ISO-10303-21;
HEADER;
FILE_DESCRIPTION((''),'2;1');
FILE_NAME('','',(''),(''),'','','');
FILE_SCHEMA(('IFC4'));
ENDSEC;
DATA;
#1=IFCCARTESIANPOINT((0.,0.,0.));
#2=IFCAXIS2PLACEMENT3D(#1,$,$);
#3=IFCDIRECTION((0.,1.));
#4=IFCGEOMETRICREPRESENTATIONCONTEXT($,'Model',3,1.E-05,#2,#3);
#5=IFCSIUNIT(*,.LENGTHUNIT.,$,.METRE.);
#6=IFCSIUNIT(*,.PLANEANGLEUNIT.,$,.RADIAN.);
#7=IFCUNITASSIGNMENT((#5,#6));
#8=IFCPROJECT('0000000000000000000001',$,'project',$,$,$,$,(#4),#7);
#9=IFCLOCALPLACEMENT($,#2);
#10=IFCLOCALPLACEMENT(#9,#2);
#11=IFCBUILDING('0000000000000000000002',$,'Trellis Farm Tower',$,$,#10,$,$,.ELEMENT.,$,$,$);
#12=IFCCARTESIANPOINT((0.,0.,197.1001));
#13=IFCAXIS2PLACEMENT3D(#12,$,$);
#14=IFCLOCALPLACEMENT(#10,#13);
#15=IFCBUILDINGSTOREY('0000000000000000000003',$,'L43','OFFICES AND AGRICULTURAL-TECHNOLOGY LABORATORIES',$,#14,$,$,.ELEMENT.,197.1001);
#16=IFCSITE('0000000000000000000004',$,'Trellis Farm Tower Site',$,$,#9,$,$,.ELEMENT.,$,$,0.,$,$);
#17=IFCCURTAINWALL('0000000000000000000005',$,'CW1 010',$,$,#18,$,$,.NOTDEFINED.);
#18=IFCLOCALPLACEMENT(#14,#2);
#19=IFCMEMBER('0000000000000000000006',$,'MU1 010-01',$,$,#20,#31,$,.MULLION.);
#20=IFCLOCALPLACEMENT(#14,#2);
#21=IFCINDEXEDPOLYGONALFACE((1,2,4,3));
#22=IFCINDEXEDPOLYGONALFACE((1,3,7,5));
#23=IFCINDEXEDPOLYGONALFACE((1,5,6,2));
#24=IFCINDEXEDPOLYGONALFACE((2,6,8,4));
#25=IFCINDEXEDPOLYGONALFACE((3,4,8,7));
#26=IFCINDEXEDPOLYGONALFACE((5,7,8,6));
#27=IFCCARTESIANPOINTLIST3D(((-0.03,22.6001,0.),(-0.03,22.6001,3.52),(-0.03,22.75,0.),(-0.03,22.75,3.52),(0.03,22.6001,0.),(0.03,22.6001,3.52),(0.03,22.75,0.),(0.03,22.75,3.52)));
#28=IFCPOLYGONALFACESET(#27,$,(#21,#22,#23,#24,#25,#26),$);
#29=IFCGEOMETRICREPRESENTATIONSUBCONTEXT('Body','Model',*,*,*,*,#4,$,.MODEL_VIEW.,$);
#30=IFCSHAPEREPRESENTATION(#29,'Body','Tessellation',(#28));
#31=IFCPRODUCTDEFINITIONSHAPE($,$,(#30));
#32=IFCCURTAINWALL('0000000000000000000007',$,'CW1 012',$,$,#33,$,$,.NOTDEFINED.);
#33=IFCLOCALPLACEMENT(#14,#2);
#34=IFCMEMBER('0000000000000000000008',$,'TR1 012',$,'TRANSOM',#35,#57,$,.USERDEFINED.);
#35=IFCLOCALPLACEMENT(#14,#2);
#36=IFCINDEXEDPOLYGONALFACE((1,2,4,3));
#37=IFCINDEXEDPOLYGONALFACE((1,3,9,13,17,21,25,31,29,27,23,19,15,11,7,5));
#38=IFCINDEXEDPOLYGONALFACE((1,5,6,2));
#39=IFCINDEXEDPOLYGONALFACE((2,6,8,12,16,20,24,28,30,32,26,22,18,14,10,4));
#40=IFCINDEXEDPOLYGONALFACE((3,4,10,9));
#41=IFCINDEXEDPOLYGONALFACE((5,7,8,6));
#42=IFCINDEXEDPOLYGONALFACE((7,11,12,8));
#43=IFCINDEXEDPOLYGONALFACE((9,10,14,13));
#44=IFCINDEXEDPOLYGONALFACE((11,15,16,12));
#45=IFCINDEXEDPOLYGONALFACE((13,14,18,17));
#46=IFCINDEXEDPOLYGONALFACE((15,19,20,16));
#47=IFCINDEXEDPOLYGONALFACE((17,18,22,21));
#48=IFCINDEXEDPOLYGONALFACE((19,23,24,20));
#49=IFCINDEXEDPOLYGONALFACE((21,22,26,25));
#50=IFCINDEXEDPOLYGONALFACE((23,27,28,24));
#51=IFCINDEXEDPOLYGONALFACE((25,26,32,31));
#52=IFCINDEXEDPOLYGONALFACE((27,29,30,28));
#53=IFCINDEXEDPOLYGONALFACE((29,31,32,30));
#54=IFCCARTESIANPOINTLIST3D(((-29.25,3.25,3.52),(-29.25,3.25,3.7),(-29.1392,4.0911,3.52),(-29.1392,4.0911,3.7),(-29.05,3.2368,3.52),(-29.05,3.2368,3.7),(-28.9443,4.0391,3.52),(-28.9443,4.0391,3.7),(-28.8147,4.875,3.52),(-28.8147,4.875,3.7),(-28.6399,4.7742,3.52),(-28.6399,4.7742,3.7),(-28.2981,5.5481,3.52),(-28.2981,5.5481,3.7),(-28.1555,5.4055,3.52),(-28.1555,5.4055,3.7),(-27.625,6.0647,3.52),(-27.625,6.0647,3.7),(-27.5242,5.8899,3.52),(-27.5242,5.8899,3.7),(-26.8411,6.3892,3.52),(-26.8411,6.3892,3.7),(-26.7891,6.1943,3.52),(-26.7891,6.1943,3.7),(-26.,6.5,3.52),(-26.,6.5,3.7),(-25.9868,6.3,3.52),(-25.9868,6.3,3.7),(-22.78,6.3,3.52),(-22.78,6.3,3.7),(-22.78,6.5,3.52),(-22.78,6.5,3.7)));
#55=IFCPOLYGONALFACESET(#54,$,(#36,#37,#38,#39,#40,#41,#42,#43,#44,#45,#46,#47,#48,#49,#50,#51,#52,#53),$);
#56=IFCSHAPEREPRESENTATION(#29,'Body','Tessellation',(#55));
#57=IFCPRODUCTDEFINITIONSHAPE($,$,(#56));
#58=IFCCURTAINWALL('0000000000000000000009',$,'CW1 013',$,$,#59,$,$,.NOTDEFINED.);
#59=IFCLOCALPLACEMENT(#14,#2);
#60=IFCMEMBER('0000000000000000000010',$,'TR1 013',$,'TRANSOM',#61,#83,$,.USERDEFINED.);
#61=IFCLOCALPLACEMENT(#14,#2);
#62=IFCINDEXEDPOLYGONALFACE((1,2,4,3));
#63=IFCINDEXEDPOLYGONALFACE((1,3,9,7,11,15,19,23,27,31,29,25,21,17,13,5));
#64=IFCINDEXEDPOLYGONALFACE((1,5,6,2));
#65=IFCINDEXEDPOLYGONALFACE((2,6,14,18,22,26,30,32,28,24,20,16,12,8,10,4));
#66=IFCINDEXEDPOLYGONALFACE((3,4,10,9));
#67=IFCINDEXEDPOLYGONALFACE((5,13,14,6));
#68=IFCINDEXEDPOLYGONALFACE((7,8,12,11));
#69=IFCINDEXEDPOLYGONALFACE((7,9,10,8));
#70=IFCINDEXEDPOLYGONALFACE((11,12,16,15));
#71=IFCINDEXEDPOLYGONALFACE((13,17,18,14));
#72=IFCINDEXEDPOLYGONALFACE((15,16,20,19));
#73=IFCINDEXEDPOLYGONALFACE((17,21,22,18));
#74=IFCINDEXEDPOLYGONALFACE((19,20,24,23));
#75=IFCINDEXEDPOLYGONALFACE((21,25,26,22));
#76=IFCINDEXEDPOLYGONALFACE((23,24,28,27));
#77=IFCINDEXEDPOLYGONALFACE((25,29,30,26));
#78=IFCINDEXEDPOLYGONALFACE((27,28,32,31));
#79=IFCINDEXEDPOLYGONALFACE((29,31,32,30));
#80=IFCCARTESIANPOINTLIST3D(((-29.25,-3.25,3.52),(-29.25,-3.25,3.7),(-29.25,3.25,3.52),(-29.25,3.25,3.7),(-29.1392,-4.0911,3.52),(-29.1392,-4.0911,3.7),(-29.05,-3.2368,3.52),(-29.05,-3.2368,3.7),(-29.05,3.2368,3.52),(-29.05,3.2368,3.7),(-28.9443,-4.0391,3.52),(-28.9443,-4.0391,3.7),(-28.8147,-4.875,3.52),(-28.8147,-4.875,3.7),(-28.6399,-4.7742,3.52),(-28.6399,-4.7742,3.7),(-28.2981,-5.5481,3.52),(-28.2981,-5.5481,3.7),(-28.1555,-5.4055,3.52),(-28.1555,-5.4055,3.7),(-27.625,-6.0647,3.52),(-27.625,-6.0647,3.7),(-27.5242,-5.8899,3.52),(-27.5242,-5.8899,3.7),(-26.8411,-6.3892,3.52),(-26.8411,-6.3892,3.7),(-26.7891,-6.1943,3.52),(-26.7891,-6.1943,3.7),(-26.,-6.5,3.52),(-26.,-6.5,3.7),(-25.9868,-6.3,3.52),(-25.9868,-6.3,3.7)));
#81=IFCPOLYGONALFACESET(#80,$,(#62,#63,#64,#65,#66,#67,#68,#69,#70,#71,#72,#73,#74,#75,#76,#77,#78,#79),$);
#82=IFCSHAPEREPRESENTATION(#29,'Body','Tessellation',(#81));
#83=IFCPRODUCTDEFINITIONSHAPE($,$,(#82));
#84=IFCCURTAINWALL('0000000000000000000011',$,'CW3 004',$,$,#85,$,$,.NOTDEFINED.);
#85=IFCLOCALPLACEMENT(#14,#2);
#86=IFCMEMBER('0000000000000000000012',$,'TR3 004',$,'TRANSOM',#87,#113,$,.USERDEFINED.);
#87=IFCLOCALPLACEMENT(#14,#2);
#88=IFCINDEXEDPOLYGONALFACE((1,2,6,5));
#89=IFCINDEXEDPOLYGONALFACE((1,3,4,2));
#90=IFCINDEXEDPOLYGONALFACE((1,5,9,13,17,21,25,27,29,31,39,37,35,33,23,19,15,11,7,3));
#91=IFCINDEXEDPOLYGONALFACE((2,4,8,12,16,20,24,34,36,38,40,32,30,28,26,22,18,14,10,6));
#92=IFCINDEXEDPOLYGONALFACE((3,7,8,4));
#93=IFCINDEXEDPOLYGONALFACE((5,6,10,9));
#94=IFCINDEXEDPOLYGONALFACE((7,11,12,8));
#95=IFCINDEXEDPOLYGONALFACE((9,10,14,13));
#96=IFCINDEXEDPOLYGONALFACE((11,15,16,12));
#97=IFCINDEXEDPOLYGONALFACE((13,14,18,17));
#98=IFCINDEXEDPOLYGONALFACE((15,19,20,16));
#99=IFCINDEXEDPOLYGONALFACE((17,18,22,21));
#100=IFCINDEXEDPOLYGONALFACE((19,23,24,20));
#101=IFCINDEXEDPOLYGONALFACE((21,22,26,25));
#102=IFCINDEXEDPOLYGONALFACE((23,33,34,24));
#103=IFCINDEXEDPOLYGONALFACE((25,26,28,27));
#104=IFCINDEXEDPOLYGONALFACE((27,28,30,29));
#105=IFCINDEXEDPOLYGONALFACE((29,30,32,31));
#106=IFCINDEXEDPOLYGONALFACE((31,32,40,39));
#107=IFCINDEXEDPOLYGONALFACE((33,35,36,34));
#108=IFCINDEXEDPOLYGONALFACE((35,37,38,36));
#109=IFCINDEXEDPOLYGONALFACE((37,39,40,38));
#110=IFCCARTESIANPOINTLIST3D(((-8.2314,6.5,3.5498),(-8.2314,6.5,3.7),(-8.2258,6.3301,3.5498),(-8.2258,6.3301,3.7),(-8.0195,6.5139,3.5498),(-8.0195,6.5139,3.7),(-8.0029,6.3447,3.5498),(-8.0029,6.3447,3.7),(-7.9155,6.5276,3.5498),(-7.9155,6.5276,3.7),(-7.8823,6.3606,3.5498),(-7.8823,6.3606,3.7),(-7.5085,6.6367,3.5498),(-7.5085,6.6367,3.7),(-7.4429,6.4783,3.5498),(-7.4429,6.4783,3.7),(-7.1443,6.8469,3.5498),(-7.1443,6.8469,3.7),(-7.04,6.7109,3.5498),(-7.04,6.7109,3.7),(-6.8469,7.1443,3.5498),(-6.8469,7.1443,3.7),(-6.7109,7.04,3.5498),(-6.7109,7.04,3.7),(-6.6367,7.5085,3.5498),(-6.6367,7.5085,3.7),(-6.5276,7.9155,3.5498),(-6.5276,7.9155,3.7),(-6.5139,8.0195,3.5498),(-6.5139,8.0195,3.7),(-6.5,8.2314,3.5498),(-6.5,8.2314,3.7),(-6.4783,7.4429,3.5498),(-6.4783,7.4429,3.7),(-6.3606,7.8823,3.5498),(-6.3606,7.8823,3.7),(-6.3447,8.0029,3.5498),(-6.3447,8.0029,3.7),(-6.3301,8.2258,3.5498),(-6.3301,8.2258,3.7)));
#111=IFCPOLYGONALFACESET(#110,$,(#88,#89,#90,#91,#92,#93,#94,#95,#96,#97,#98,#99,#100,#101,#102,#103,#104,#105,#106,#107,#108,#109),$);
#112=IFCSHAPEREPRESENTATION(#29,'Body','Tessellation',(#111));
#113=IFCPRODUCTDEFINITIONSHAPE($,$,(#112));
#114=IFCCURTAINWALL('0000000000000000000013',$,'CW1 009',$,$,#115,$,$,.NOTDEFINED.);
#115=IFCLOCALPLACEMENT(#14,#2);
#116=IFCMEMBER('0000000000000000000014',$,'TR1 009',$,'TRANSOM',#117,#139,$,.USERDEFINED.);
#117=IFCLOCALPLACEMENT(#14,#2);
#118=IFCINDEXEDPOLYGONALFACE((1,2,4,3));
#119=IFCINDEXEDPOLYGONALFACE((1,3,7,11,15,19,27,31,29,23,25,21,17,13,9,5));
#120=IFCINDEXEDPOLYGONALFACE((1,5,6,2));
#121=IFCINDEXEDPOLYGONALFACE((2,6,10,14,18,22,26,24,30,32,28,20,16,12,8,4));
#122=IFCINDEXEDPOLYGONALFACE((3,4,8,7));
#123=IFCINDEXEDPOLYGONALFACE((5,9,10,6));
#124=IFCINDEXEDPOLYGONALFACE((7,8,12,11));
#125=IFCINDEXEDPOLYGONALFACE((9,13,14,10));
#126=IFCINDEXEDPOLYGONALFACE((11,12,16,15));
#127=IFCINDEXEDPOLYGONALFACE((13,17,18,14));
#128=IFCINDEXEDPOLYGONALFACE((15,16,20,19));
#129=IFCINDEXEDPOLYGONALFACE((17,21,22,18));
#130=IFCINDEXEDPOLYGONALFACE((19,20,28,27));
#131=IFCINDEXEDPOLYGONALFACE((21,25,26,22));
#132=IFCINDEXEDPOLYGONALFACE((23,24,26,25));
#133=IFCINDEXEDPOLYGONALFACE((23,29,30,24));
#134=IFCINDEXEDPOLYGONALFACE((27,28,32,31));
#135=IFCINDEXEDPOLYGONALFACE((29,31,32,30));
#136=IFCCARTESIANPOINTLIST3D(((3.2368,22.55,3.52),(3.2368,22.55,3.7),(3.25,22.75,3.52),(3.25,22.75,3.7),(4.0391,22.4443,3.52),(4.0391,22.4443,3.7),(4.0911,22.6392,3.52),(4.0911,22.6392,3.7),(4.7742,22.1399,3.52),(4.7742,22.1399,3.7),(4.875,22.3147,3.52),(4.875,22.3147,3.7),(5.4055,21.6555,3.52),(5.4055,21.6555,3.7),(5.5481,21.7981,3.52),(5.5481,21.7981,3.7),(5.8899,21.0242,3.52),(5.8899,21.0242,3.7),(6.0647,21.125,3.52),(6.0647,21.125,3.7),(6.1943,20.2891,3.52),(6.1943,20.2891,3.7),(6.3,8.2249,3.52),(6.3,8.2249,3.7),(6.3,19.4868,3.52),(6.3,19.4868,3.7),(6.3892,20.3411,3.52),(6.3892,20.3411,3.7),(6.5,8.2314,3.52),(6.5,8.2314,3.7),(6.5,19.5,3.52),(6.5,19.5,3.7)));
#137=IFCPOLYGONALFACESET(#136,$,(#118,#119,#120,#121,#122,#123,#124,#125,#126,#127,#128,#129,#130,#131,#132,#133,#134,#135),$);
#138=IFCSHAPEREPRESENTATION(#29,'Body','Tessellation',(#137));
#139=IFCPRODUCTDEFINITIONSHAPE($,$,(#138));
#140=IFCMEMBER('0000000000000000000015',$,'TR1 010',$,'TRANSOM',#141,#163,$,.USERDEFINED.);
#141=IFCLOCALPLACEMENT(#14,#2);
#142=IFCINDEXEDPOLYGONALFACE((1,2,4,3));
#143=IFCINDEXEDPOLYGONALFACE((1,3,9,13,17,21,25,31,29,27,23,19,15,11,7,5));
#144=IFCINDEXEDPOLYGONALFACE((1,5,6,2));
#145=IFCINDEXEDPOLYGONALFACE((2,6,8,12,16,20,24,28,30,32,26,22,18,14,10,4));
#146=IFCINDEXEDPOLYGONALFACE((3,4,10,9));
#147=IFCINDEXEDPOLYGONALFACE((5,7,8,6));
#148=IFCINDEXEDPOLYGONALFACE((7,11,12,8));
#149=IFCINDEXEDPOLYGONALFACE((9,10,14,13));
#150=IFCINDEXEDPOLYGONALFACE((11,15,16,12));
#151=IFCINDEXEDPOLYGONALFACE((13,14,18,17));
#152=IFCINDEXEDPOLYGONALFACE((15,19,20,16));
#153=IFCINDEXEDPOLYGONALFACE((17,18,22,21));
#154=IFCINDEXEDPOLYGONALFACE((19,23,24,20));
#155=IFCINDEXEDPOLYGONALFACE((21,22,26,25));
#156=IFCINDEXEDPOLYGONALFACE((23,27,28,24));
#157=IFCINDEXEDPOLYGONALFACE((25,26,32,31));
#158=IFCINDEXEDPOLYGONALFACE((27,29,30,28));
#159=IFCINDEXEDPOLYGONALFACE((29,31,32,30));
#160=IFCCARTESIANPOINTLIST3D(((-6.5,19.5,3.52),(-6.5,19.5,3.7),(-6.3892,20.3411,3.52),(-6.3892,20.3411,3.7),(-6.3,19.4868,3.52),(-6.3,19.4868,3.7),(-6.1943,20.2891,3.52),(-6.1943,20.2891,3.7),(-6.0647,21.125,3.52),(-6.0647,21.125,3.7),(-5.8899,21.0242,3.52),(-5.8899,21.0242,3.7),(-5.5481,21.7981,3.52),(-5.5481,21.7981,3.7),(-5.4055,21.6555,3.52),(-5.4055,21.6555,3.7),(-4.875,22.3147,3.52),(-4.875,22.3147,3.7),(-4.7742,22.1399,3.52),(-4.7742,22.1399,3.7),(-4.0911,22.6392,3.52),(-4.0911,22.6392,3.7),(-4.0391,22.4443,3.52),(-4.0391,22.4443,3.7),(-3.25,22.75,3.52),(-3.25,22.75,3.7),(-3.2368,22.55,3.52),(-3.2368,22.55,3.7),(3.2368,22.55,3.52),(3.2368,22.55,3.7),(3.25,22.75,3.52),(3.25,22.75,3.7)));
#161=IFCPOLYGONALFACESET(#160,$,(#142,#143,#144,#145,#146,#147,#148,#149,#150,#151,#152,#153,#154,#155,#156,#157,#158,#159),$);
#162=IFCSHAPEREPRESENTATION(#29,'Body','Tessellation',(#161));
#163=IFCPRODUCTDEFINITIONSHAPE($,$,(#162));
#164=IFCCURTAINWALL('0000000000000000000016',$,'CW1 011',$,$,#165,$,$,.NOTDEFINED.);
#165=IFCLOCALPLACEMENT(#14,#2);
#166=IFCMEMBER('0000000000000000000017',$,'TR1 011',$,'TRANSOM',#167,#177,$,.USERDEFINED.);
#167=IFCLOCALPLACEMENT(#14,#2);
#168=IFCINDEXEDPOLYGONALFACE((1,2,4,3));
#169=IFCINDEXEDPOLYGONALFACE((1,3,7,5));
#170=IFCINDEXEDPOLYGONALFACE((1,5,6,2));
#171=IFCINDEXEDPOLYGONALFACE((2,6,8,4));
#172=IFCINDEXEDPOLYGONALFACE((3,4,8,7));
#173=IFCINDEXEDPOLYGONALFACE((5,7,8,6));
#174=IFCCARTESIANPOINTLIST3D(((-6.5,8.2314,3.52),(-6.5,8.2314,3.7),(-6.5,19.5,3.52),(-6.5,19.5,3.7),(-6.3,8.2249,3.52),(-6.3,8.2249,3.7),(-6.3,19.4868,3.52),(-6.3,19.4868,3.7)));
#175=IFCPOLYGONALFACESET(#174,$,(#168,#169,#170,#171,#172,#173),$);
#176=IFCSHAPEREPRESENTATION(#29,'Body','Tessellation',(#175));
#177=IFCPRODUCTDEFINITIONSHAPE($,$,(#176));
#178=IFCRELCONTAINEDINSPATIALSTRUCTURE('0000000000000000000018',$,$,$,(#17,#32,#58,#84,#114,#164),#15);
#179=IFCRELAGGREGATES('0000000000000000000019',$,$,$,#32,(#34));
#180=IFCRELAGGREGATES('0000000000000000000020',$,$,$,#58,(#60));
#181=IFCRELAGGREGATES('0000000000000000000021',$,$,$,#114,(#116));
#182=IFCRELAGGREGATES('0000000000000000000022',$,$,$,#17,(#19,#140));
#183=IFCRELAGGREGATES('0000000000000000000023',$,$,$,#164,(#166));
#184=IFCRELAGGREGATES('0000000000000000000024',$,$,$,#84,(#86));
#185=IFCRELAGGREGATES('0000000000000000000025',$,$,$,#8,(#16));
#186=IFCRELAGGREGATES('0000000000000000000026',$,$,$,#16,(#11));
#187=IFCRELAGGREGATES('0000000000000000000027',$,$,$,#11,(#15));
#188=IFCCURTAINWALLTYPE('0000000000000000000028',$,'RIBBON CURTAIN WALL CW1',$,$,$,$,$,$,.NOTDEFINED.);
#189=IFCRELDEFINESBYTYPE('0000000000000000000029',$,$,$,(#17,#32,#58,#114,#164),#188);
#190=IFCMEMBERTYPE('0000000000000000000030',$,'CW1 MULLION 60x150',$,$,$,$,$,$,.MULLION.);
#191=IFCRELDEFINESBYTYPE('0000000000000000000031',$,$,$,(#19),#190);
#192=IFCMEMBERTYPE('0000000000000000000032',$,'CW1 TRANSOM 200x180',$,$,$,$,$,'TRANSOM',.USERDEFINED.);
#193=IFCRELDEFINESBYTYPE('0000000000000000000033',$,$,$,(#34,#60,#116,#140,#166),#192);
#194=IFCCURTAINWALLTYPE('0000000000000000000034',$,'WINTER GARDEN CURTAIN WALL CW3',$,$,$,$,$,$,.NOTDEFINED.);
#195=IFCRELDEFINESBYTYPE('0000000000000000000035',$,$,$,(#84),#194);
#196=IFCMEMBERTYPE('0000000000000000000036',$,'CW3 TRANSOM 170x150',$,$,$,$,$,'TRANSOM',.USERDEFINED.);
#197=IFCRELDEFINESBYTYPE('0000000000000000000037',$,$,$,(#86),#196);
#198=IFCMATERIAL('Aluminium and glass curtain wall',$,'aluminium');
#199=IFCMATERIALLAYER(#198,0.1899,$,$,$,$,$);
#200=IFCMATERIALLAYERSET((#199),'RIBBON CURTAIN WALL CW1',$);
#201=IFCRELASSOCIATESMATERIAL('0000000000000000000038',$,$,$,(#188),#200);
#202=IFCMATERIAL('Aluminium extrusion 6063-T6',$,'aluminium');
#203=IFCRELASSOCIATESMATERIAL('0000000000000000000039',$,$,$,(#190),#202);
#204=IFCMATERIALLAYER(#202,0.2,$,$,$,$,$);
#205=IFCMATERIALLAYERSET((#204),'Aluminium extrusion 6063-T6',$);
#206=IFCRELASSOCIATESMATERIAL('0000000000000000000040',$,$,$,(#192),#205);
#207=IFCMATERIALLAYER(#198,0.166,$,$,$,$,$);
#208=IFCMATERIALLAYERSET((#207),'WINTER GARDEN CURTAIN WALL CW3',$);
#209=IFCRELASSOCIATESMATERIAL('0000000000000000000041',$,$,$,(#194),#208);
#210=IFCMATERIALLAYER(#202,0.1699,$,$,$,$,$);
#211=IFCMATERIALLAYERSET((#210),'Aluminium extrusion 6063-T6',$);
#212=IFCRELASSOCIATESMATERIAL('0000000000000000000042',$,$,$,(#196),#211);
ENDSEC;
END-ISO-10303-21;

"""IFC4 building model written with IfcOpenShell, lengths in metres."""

from ifc_helpers import new_model, si_unit, direction, frame, origin, origin_2d, place, context, subcontext, project, spatial, polyline, rectangle, outline, extrude, source, transform, mapped, material, layer, layer_set, material_profile, profile_set, type_object, element, aggregate, save


model = new_model("IFC4")

# Units and contexts
model_context = context("Model", 3, precision=1e-05, world=origin(), true_north=direction((0.0, 1.0)))
body_context = subcontext(model_context, "Body", "Model", "MODEL_VIEW")
ifc_project = project(units=[si_unit("LENGTHUNIT", "METRE"), si_unit("PLANEANGLEUNIT", "RADIAN")], contexts=[model_context])

# Site, building, storey
site_placement = place(None, origin())
site = spatial("IfcSite", under=ifc_project, at=site_placement, Name="Trellis Farm Tower Site", CompositionType="ELEMENT", RefElevation=0.0)
building_placement = place(site_placement, origin())
building = spatial("IfcBuilding", under=site, at=building_placement, Name="Trellis Farm Tower", CompositionType="ELEMENT")
storey_placement = place(building_placement, frame((0.0, 0.0, 197.1001)))
storey = spatial("IfcBuildingStorey", under=building, at=storey_placement, Name="L43", Description="OFFICES AND AGRICULTURAL-TECHNOLOGY LABORATORIES", CompositionType="ELEMENT", Elevation=197.1001)

# Curtain walls, members
ifc_material_1 = material(Name="Aluminium and glass curtain wall", Category="aluminium")
ifc_layer_1 = layer(ifc_material_1, 0.1899)
ifc_layer_set_1 = layer_set([ifc_layer_1], Name="RIBBON CURTAIN WALL CW1")
curtain_wall_type_1 = type_object("IfcCurtainWallType", Name="RIBBON CURTAIN WALL CW1", PredefinedType="NOTDEFINED", material=ifc_layer_set_1)
placement_1 = place(storey_placement, origin())
curtain_wall_1 = element("IfcCurtainWall", 1, at=placement_1, inside=storey, type_object=curtain_wall_type_1, Name="CW1 010", PredefinedType="NOTDEFINED")
ifc_material_2 = material(Name="Aluminium extrusion 6063-T6", Category="aluminium")
ifc_material_profile = material_profile(ifc_material_2, rectangle(XDim=0.0601, YDim=0.1499, at=origin_2d()), Name="MULLION 60x150")
ifc_profile_set = profile_set([ifc_material_profile], Name="Aluminium extrusion 6063-T6")
member_type_1 = type_object("IfcMemberType", Name="CW1 MULLION 60x150", PredefinedType="MULLION", material=ifc_profile_set)
shared_shape_1 = source(origin(), body_context, "Body", "SweptSolid", [
    extrude(rectangle(XDim=0.0601, YDim=0.1499, at=origin_2d()), origin(), (0.0, 0.0, 1.0), 3.52),
])
member_1_placement = place(storey_placement, frame((0.0, 22.675, 0.0), z_axis=(0.0, 0.0, 1.0), x_axis=(-1.0, 0.0, 0.0)))
member_1 = element("IfcMember", 2, at=member_1_placement, type_object=member_type_1, Name="MU1 010-01", PredefinedType="MULLION", context=body_context, shape_type="MappedRepresentation", body=[
    mapped(shared_shape_1, transform((0.0, 0.0, 0.0))),
])
curtain_wall_2 = element("IfcCurtainWall", 3, at=placement_1, inside=storey, type_object=curtain_wall_type_1, Name="CW1 012", PredefinedType="NOTDEFINED")
ifc_layer_2 = layer(ifc_material_2, 0.2)
ifc_layer_set_2 = layer_set([ifc_layer_2], Name="Aluminium extrusion 6063-T6")
member_type_2 = type_object("IfcMemberType", Name="CW1 TRANSOM 200x180", ElementType="TRANSOM", PredefinedType="USERDEFINED", material=ifc_layer_set_2)
shared_shape_2 = source(origin(), body_context, "Body", "SweptSolid", [
    extrude(outline(polyline([(-22.78, 6.5), (-26.0, 6.5), (-26.8411, 6.3892), (-27.625, 6.0647), (-28.2981, 5.5481), (-28.8147, 4.875), (-29.1392, 4.0911), (-29.25, 3.25), (-29.05, 3.2368), (-28.9443, 4.0391), (-28.6399, 4.7742), (-28.1555, 5.4055), (-27.5242, 5.8899), (-26.7891, 6.1943), (-25.9868, 6.3), (-22.78, 6.3), (-22.78, 6.5)])), origin(), (0.0, 0.0, 1.0), 0.1799),
])
placement_2 = place(storey_placement, frame((0.0, 0.0, 3.52)))
member_2 = element("IfcMember", 4, at=placement_2, type_object=member_type_2, Name="TR1 012", ObjectType="TRANSOM", PredefinedType="USERDEFINED", context=body_context, shape_type="MappedRepresentation", body=[
    mapped(shared_shape_2, transform((0.0, 0.0, 0.0))),
])
curtain_wall_3 = element("IfcCurtainWall", 5, at=placement_1, inside=storey, type_object=curtain_wall_type_1, Name="CW1 013", PredefinedType="NOTDEFINED")
shared_shape_3 = source(origin(), body_context, "Body", "SweptSolid", [
    extrude(outline(polyline([(-29.25, 3.25), (-29.25, -3.25), (-29.1392, -4.0911), (-28.8147, -4.875), (-28.2981, -5.5481), (-27.625, -6.0647), (-26.8411, -6.3892), (-26.0, -6.5), (-25.9868, -6.3), (-26.7891, -6.1943), (-27.5242, -5.8899), (-28.1555, -5.4055), (-28.6399, -4.7742), (-28.9443, -4.0391), (-29.05, -3.2368), (-29.05, 3.2368), (-29.25, 3.25)])), origin(), (0.0, 0.0, 1.0), 0.1799),
])
member_3 = element("IfcMember", 6, at=placement_2, type_object=member_type_2, Name="TR1 013", ObjectType="TRANSOM", PredefinedType="USERDEFINED", context=body_context, shape_type="MappedRepresentation", body=[
    mapped(shared_shape_3, transform((0.0, 0.0, 0.0))),
])
ifc_layer_3 = layer(ifc_material_1, 0.166)
ifc_layer_set_3 = layer_set([ifc_layer_3], Name="WINTER GARDEN CURTAIN WALL CW3")
curtain_wall_type_2 = type_object("IfcCurtainWallType", Name="WINTER GARDEN CURTAIN WALL CW3", PredefinedType="NOTDEFINED", material=ifc_layer_set_3)
curtain_wall_4 = element("IfcCurtainWall", 7, at=placement_1, inside=storey, type_object=curtain_wall_type_2, Name="CW3 004", PredefinedType="NOTDEFINED")
ifc_layer_4 = layer(ifc_material_2, 0.1699)
ifc_layer_set_4 = layer_set([ifc_layer_4], Name="Aluminium extrusion 6063-T6")
member_type_3 = type_object("IfcMemberType", Name="CW3 TRANSOM 170x150", ElementType="TRANSOM", PredefinedType="USERDEFINED", material=ifc_layer_set_4)
shared_shape_4 = source(origin(), body_context, "Body", "SweptSolid", [
    extrude(outline(polyline([(-6.5, 8.2314), (-6.5139, 8.0195), (-6.5276, 7.9155), (-6.6367, 7.5085), (-6.8469, 7.1443), (-7.1443, 6.8469), (-7.5085, 6.6367), (-7.9155, 6.5276), (-8.0195, 6.5139), (-8.2314, 6.5), (-8.2258, 6.3301), (-8.0029, 6.3447), (-7.8823, 6.3606), (-7.4429, 6.4783), (-7.04, 6.7109), (-6.7109, 7.04), (-6.4783, 7.4429), (-6.3606, 7.8823), (-6.3447, 8.0029), (-6.3301, 8.2258), (-6.5, 8.2314)])), origin(), (0.0, 0.0, 1.0), 0.1501),
])
member_4_placement = place(storey_placement, frame((0.0, 0.0, 3.5498)))
member_4 = element("IfcMember", 8, at=member_4_placement, type_object=member_type_3, Name="TR3 004", ObjectType="TRANSOM", PredefinedType="USERDEFINED", context=body_context, shape_type="MappedRepresentation", body=[
    mapped(shared_shape_4, transform((0.0, 0.0, 0.0))),
])
curtain_wall_5 = element("IfcCurtainWall", 9, at=placement_1, inside=storey, type_object=curtain_wall_type_1, Name="CW1 009", PredefinedType="NOTDEFINED")
shared_shape_5 = source(origin(), body_context, "Body", "SweptSolid", [
    extrude(outline(polyline([(6.5, 8.2314), (6.5, 19.5), (6.3892, 20.3411), (6.0647, 21.125), (5.5481, 21.7981), (4.875, 22.3147), (4.0911, 22.6392), (3.25, 22.75), (3.2368, 22.55), (4.0391, 22.4443), (4.7742, 22.1399), (5.4055, 21.6555), (5.8899, 21.0242), (6.1943, 20.2891), (6.3, 19.4868), (6.3, 8.2249), (6.5, 8.2314)])), origin(), (0.0, 0.0, 1.0), 0.1799),
])
member_5 = element("IfcMember", 10, at=placement_2, type_object=member_type_2, Name="TR1 009", ObjectType="TRANSOM", PredefinedType="USERDEFINED", context=body_context, shape_type="MappedRepresentation", body=[
    mapped(shared_shape_5, transform((0.0, 0.0, 0.0))),
])

# Member
shared_shape_6 = source(origin(), body_context, "Body", "SweptSolid", [
    extrude(outline(polyline([(3.25, 22.75), (-3.25, 22.75), (-4.0911, 22.6392), (-4.875, 22.3147), (-5.5481, 21.7981), (-6.0647, 21.125), (-6.3892, 20.3411), (-6.5, 19.5), (-6.3, 19.4868), (-6.1943, 20.2891), (-5.8899, 21.0242), (-5.4055, 21.6555), (-4.7742, 22.1399), (-4.0391, 22.4443), (-3.2368, 22.55), (3.2368, 22.55), (3.25, 22.75)])), origin(), (0.0, 0.0, 1.0), 0.1799),
])
member_6 = element("IfcMember", 11, at=placement_2, type_object=member_type_2, Name="TR1 010", ObjectType="TRANSOM", PredefinedType="USERDEFINED", context=body_context, shape_type="MappedRepresentation", body=[
    mapped(shared_shape_6, transform((0.0, 0.0, 0.0))),
])

# Curtain wall, member
curtain_wall_6 = element("IfcCurtainWall", 12, at=placement_1, inside=storey, type_object=curtain_wall_type_1, Name="CW1 011", PredefinedType="NOTDEFINED")
shared_shape_7 = source(origin(), body_context, "Body", "SweptSolid", [
    extrude(outline(polyline([(-6.5, 19.5), (-6.5, 8.2314), (-6.3, 8.2249), (-6.3, 19.4868), (-6.5, 19.5)])), origin(), (0.0, 0.0, 1.0), 0.1799),
])
member_7 = element("IfcMember", 13, at=placement_2, type_object=member_type_2, Name="TR1 011", ObjectType="TRANSOM", PredefinedType="USERDEFINED", context=body_context, shape_type="MappedRepresentation", body=[
    mapped(shared_shape_7, transform((0.0, 0.0, 0.0))),
])

aggregate(curtain_wall_2, [member_2])
aggregate(curtain_wall_3, [member_3])
aggregate(curtain_wall_5, [member_5])
aggregate(curtain_wall_1, [member_1, member_6])
aggregate(curtain_wall_6, [member_7])
aggregate(curtain_wall_4, [member_4])

save(model, "model.ifc")
